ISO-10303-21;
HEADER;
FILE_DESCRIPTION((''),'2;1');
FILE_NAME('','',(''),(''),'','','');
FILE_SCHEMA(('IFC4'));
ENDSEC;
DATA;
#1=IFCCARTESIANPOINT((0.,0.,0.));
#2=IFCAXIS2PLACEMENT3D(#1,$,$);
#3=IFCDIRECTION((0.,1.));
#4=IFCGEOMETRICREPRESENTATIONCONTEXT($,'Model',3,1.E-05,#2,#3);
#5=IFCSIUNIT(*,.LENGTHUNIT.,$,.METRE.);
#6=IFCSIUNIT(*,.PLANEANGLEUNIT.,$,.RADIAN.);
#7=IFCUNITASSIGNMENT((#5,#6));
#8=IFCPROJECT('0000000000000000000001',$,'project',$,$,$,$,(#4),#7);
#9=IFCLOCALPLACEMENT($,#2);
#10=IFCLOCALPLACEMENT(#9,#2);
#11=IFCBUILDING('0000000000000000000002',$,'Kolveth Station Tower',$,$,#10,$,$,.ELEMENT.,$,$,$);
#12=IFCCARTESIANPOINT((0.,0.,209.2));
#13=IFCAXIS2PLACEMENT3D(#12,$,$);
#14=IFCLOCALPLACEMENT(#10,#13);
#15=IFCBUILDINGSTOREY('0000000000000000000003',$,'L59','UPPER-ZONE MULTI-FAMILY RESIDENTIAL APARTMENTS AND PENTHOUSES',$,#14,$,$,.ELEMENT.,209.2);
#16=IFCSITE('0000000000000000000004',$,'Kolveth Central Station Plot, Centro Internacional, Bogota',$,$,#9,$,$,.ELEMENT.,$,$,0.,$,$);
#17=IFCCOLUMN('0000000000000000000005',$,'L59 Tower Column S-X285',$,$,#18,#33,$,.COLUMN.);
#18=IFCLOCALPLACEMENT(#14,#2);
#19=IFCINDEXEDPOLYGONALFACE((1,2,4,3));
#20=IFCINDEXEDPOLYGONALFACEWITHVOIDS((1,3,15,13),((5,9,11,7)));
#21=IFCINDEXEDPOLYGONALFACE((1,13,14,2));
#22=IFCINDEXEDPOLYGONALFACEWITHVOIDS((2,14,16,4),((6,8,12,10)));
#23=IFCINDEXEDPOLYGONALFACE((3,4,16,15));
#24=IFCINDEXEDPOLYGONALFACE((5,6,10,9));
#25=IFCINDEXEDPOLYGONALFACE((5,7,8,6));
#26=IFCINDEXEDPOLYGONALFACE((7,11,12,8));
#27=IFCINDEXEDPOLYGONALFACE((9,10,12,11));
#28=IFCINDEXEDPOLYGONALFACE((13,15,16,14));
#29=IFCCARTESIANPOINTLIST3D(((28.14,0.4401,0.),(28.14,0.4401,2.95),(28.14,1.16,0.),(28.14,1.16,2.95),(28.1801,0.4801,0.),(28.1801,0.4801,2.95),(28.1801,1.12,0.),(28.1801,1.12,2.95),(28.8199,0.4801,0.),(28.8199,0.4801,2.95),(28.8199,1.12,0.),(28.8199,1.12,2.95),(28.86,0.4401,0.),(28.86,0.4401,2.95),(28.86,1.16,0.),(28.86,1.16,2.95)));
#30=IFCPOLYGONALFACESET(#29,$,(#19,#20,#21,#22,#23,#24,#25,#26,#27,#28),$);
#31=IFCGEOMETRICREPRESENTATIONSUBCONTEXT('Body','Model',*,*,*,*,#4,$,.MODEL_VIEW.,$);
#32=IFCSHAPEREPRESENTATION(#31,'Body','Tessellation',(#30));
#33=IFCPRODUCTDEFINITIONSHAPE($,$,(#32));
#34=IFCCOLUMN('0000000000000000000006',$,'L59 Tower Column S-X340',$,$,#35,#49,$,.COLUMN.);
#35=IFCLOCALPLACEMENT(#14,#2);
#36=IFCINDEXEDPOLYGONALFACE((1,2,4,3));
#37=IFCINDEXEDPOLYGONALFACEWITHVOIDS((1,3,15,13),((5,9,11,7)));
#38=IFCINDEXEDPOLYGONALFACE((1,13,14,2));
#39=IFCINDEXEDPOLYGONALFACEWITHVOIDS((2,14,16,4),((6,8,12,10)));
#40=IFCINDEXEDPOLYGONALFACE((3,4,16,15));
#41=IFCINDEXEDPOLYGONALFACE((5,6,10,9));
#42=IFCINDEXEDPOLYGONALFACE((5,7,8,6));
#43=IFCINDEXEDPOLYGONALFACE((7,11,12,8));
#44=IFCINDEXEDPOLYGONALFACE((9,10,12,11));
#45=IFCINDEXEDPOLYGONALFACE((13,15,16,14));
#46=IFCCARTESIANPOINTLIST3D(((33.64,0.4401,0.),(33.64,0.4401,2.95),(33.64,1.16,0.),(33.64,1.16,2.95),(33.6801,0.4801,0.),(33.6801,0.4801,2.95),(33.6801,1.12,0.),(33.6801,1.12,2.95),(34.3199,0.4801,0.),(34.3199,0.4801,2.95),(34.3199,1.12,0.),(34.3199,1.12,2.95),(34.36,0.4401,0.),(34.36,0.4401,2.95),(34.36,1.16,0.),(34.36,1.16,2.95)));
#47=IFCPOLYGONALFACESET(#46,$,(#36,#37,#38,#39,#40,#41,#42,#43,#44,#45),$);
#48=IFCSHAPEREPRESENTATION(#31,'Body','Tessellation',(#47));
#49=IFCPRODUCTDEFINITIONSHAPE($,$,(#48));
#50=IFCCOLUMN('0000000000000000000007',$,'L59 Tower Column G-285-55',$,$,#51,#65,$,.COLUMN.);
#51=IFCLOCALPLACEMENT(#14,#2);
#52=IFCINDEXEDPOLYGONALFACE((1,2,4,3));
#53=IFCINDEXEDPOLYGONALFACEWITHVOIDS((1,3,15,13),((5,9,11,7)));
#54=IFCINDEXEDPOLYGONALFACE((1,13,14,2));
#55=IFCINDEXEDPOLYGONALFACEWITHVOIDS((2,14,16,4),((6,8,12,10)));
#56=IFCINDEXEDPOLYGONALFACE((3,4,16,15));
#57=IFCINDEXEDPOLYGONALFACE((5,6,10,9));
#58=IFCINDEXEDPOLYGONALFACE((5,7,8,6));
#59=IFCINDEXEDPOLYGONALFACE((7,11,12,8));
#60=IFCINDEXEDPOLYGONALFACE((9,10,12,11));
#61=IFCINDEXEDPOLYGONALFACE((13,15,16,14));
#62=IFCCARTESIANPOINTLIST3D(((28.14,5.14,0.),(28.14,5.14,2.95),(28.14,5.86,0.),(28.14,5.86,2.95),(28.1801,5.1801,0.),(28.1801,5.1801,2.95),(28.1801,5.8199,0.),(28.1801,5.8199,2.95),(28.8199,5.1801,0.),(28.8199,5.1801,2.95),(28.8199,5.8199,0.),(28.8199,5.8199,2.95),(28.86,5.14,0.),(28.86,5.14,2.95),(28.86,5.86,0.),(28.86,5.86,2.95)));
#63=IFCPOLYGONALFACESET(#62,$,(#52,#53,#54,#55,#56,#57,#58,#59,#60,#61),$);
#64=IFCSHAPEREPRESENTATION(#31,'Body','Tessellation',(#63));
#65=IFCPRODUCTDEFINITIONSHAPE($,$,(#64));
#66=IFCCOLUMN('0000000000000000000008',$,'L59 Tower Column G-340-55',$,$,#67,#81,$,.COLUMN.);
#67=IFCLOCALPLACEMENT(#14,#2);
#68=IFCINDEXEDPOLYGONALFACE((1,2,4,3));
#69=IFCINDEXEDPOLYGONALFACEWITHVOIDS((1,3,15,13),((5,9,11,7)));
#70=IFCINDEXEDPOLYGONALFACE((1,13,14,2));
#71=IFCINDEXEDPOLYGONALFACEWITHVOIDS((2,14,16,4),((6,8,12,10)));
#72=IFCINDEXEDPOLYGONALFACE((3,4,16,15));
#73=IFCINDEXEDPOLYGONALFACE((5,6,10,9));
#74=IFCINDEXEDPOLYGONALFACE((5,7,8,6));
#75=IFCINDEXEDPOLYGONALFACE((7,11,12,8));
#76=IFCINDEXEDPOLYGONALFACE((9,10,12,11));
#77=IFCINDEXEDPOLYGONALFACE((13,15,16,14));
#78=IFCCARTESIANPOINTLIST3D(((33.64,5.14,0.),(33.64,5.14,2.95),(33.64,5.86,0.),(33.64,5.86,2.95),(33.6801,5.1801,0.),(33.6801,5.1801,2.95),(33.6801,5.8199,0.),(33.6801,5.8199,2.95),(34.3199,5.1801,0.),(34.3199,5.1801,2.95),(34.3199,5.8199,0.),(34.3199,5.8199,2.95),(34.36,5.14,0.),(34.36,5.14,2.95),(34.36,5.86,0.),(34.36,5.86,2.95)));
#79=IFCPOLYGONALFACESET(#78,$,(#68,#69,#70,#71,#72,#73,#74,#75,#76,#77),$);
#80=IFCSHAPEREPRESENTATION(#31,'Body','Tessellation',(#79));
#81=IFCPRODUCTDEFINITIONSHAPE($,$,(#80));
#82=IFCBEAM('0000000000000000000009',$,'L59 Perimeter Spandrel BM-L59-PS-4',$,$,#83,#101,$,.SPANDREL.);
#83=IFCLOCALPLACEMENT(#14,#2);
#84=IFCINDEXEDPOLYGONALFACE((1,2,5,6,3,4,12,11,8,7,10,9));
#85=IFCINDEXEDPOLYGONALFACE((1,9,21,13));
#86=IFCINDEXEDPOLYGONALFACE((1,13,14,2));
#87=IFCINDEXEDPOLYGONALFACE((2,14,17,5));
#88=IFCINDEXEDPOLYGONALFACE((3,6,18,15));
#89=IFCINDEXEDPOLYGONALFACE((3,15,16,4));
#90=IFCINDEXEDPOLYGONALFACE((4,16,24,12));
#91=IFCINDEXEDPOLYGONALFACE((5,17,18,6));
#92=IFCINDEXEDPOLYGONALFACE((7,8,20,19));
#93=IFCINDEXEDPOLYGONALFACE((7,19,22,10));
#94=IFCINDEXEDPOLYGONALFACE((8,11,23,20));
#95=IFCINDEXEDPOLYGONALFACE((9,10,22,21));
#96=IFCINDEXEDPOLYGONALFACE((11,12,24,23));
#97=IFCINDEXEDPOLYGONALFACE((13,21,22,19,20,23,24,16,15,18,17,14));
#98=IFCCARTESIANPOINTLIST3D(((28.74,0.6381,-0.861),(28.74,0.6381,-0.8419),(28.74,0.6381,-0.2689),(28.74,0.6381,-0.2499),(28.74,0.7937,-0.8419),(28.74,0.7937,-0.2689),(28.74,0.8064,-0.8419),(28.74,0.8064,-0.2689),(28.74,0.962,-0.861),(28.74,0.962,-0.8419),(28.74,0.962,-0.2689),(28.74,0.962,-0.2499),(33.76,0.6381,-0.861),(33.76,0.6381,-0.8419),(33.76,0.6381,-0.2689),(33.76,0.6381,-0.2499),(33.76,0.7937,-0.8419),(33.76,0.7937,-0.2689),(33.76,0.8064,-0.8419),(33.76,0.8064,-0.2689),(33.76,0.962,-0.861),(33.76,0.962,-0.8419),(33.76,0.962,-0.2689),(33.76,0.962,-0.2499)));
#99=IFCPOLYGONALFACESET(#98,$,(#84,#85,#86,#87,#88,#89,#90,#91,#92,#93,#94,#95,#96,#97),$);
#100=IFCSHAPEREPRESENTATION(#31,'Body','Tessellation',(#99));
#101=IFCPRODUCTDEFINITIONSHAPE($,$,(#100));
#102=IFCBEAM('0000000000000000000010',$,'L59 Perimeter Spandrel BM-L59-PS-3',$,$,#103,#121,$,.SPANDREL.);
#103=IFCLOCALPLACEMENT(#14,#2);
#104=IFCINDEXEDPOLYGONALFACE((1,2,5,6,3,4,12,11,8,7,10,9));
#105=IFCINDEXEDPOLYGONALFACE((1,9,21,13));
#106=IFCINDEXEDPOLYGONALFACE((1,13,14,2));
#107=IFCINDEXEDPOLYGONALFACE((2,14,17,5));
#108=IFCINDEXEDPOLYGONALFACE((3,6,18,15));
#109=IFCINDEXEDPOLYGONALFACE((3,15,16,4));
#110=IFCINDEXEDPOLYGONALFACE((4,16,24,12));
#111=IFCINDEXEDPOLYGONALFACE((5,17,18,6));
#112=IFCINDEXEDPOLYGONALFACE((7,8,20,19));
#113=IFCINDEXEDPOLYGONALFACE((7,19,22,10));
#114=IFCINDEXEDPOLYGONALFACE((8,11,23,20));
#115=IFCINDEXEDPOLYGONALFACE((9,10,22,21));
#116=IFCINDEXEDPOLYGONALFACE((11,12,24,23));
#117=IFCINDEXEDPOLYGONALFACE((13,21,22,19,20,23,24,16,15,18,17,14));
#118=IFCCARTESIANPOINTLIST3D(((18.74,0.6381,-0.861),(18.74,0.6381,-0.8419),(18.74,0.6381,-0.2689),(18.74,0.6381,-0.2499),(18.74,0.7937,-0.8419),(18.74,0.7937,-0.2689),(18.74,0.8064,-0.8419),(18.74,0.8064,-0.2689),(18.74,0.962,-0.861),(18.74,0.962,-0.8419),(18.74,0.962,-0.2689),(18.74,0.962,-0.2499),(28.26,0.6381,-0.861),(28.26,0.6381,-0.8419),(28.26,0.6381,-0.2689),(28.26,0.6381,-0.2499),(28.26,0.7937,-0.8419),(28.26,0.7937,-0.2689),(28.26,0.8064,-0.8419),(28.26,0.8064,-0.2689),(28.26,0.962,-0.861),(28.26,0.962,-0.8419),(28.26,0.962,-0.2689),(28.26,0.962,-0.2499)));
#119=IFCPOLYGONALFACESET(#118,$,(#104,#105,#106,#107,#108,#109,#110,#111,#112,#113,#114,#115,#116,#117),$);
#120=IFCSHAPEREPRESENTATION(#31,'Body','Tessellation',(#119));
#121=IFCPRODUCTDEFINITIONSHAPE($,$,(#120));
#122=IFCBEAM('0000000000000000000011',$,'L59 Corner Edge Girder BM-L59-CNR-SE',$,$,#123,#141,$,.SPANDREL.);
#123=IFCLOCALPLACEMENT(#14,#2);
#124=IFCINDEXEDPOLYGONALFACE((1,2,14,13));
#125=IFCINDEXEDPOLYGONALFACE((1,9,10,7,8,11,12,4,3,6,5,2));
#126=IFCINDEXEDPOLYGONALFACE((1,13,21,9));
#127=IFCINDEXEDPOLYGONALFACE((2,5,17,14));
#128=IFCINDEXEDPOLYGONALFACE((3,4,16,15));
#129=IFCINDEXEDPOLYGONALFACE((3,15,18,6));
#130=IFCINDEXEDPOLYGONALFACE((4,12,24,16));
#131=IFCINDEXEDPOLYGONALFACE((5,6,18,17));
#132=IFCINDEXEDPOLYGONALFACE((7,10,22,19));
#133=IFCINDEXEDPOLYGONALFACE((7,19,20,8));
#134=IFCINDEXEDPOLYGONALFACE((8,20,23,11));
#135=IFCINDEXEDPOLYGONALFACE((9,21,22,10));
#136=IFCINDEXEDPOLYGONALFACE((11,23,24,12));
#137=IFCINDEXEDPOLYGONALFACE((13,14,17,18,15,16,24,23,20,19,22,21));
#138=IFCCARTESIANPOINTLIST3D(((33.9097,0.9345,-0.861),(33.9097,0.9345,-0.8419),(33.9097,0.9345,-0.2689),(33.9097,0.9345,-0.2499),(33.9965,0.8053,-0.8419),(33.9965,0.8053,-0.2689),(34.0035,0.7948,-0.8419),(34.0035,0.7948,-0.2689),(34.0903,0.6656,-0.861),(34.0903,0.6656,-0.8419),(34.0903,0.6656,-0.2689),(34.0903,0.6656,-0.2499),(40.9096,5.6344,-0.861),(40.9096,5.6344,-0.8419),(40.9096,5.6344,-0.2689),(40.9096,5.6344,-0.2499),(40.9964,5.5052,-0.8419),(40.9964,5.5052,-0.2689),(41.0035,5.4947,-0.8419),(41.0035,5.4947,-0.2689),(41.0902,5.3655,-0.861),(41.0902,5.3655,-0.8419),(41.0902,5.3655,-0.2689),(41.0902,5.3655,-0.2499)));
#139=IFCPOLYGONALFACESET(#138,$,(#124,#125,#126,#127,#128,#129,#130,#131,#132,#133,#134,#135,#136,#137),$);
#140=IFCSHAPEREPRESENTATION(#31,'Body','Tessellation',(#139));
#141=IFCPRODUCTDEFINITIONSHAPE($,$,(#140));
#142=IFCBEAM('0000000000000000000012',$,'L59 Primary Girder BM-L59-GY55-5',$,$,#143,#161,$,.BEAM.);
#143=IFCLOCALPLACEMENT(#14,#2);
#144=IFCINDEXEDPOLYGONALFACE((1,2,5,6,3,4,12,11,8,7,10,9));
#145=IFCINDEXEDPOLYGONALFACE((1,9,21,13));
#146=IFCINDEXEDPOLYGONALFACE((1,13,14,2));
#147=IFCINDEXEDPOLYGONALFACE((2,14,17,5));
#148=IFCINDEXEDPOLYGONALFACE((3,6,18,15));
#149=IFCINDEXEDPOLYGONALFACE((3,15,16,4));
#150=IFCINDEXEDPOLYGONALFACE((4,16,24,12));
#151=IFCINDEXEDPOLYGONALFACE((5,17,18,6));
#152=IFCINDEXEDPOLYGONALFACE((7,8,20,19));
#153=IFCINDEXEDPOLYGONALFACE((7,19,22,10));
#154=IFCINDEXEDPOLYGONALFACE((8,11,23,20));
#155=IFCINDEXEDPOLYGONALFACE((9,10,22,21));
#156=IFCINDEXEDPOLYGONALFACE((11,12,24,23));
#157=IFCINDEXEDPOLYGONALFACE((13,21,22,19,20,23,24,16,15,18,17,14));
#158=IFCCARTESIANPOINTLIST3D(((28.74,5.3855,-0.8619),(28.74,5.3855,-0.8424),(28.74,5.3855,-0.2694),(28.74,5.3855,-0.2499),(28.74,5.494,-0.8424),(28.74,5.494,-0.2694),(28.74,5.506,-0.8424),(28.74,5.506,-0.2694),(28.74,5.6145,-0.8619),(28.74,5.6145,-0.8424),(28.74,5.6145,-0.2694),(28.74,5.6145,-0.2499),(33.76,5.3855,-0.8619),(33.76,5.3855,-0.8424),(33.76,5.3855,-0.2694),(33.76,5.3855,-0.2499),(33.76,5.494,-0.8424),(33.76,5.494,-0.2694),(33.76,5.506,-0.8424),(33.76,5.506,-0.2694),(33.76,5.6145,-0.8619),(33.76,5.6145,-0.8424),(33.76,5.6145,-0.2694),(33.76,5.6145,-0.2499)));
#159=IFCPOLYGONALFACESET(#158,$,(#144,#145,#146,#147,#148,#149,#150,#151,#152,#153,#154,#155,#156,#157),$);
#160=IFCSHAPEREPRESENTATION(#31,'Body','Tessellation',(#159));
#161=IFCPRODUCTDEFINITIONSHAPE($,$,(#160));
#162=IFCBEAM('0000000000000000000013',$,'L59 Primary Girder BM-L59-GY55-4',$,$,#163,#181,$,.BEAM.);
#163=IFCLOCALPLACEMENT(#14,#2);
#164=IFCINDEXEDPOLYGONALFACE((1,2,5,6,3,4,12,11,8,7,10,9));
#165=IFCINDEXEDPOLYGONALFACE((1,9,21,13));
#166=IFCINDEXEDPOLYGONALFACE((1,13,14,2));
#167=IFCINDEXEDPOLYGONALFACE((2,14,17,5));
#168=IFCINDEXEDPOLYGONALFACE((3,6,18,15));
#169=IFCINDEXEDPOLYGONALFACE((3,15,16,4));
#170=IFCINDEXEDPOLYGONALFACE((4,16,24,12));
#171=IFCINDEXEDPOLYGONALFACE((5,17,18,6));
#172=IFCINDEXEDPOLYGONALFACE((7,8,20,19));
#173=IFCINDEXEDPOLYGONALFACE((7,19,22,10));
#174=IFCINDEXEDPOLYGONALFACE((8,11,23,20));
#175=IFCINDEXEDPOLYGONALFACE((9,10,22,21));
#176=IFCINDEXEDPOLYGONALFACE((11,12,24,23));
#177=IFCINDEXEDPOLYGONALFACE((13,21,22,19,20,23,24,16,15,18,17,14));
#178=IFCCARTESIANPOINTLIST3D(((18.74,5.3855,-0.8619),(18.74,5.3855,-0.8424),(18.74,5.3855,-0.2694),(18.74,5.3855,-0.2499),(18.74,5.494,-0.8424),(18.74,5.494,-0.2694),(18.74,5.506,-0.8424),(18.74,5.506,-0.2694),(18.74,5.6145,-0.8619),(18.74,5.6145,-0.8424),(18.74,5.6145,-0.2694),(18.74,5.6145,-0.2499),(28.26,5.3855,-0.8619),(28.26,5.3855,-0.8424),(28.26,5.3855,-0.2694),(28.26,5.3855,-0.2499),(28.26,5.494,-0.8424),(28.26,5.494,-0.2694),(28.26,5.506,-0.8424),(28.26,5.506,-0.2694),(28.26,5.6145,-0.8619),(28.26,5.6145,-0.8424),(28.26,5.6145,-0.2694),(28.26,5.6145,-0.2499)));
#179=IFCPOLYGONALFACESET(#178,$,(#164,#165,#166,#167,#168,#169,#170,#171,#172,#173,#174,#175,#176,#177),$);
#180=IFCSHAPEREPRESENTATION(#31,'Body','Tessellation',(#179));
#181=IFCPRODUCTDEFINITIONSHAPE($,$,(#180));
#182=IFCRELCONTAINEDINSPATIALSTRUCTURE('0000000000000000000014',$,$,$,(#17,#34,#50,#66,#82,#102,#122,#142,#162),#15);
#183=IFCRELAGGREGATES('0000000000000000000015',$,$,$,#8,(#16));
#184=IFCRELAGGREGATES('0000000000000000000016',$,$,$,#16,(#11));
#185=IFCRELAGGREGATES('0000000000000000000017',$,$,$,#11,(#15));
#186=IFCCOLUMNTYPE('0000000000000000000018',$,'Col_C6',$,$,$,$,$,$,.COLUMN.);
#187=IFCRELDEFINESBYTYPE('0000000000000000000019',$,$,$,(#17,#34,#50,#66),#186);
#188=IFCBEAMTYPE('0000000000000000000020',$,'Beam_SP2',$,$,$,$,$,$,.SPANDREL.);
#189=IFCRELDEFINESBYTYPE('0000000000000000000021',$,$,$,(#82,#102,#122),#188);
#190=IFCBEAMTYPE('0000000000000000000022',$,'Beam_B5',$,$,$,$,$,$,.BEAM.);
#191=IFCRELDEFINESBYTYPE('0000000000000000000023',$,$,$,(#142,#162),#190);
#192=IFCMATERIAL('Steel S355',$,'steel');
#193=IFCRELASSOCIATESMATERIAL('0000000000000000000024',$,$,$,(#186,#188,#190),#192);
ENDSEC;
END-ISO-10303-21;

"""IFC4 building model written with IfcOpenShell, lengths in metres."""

from ifc_helpers import new_model, si_unit, direction, frame, origin, origin_2d, place, context, subcontext, project, spatial, hollow_rectangle, i_section, extrude, source, transform, mapped, material, material_profile, profile_set, type_object, element, save


model = new_model("IFC4")

# Units and contexts
model_context = context("Model", 3, precision=1e-05, world=origin(), true_north=direction((0.0, 1.0)))
body_context = subcontext(model_context, "Body", "Model", "MODEL_VIEW")
ifc_project = project(units=[si_unit("LENGTHUNIT", "METRE"), si_unit("PLANEANGLEUNIT", "RADIAN")], contexts=[model_context])

# Site, building, storey
site_placement = place(None, origin())
site = spatial("IfcSite", under=ifc_project, at=site_placement, Name="Kolveth Central Station Plot, Centro Internacional, Bogota", CompositionType="ELEMENT", RefElevation=0.0)
building_placement = place(site_placement, origin())
building = spatial("IfcBuilding", under=site, at=building_placement, Name="Kolveth Station Tower", CompositionType="ELEMENT")
storey_placement = place(building_placement, frame((0.0, 0.0, 209.2)))
storey = spatial("IfcBuildingStorey", under=building, at=storey_placement, Name="L59", Description="UPPER-ZONE MULTI-FAMILY RESIDENTIAL APARTMENTS AND PENTHOUSES", CompositionType="ELEMENT", Elevation=209.2)

# Columns
ifc_material_1 = material(Name="Steel S355", Category="steel")
ifc_material_profile_1 = material_profile(ifc_material_1, hollow_rectangle(XDim=0.72, YDim=0.72, WallThickness=0.04, at=origin_2d()), Name="BOX720x720x40")
ifc_profile_set_1 = profile_set([ifc_material_profile_1], Name="Steel S355")
column_type = type_object("IfcColumnType", Name="Col_C6", PredefinedType="COLUMN", material=ifc_profile_set_1)
shared_shape_1 = source(origin(), body_context, "Body", "SweptSolid", [
    extrude(hollow_rectangle(XDim=0.72, YDim=0.72, WallThickness=0.04, at=origin_2d()), origin(), (0.0, 0.0, 1.0), 2.95),
])
for number, where, z_axis, x_axis, name in (
    (1, (28.5, 0.8, 0.0), (0.0, 0.0, 1.0), (1.0, 0.0, 0.0), "L59 Tower Column S-X285"),
    (2, (34.0, 0.8, 0.0), (0.0, 0.0, 1.0), (1.0, 0.0, 0.0), "L59 Tower Column S-X340"),
    (3, (28.5, 5.5, 0.0), (0.0, 0.0, 1.0), (1.0, 0.0, 0.0), "L59 Tower Column G-285-55"),
    (4, (34.0, 5.5, 0.0), (0.0, 0.0, 1.0), (1.0, 0.0, 0.0), "L59 Tower Column G-340-55"),
):
    element("IfcColumn", number, at=place(storey_placement, frame(where, z_axis=z_axis, x_axis=x_axis)), inside=storey, type_object=column_type, Name=name, PredefinedType="COLUMN", context=body_context, shape_type="MappedRepresentation", body=[
        mapped(shared_shape_1, transform((0.0, 0.0, 0.0), x_axis=(1.0, 0.0, 0.0), y_axis=(0.0, 1.0, 0.0), z_axis=(0.0, 0.0, 1.0), scale=1.0)),
    ])

# Beams
ifc_material_profile_2 = material_profile(ifc_material_1, i_section(OverallWidth=0.324, OverallDepth=0.6111, WebThickness=0.0127, FlangeThickness=0.019, at=origin_2d()), Name="W610x155")
ifc_profile_set_2 = profile_set([ifc_material_profile_2], Name="Steel S355")
beam_type_1 = type_object("IfcBeamType", Name="Beam_SP2", PredefinedType="SPANDREL", material=ifc_profile_set_2)
shared_shape_2 = source(origin(), body_context, "Body", "SweptSolid", [
    extrude(i_section(OverallWidth=0.324, OverallDepth=0.6111, WebThickness=0.0127, FlangeThickness=0.019, at=origin_2d()), origin(), (0.0, 0.0, 1.0), 5.02),
])
beam_1_placement = place(storey_placement, frame((28.74, 0.8, -0.5554), z_axis=(1.0, 0.0, 0.0), x_axis=(0.0, 1.0, 0.0)))
element("IfcBeam", 5, at=beam_1_placement, inside=storey, type_object=beam_type_1, Name="L59 Perimeter Spandrel BM-L59-PS-4", PredefinedType="SPANDREL", context=body_context, shape_type="MappedRepresentation", body=[
    mapped(shared_shape_2, transform((0.0, 0.0, 0.0), x_axis=(1.0, 0.0, 0.0), y_axis=(0.0, 1.0, 0.0), z_axis=(0.0, 0.0, 1.0), scale=1.0)),
])
shared_shape_3 = source(origin(), body_context, "Body", "SweptSolid", [
    extrude(i_section(OverallWidth=0.324, OverallDepth=0.6111, WebThickness=0.0127, FlangeThickness=0.019, at=origin_2d()), origin(), (0.0, 0.0, 1.0), 9.52),
])
beam_2_placement = place(storey_placement, frame((18.74, 0.8, -0.5554), z_axis=(1.0, 0.0, 0.0), x_axis=(0.0, 1.0, 0.0)))
element("IfcBeam", 6, at=beam_2_placement, inside=storey, type_object=beam_type_1, Name="L59 Perimeter Spandrel BM-L59-PS-3", PredefinedType="SPANDREL", context=body_context, shape_type="MappedRepresentation", body=[
    mapped(shared_shape_3, transform((0.0, 0.0, 0.0), x_axis=(1.0, 0.0, 0.0), y_axis=(0.0, 1.0, 0.0), z_axis=(0.0, 0.0, 1.0), scale=1.0)),
])
shared_shape_4 = source(origin(), body_context, "Body", "SweptSolid", [
    extrude(i_section(OverallWidth=0.324, OverallDepth=0.6111, WebThickness=0.0127, FlangeThickness=0.019, at=origin_2d()), origin(), (0.0, 0.0, 1.0), 8.4314),
])
beam_3_placement = place(storey_placement, frame((34.0, 0.8, -0.5554), z_axis=(0.830224, 0.55743, 0.0), x_axis=(-0.55743, 0.830224, 0.0)))
element("IfcBeam", 7, at=beam_3_placement, inside=storey, type_object=beam_type_1, Name="L59 Corner Edge Girder BM-L59-CNR-SE", PredefinedType="SPANDREL", context=body_context, shape_type="MappedRepresentation", body=[
    mapped(shared_shape_4, transform((0.0, 0.0, 0.0), x_axis=(1.0, 0.0, 0.0), y_axis=(0.0, 1.0, 0.0), z_axis=(0.0, 0.0, 1.0), scale=1.0)),
])
ifc_material_profile_3 = material_profile(ifc_material_1, i_section(OverallWidth=0.229, OverallDepth=0.6121, WebThickness=0.012, FlangeThickness=0.0195, at=origin_2d()), Name="W610x125")
ifc_profile_set_3 = profile_set([ifc_material_profile_3], Name="Steel S355")
beam_type_2 = type_object("IfcBeamType", Name="Beam_B5", PredefinedType="BEAM", material=ifc_profile_set_3)
shared_shape_5 = source(origin(), body_context, "Body", "SweptSolid", [
    extrude(i_section(OverallWidth=0.229, OverallDepth=0.6121, WebThickness=0.012, FlangeThickness=0.0195, at=origin_2d()), origin(), (0.0, 0.0, 1.0), 5.02),
])
beam_4_placement = place(storey_placement, frame((28.74, 5.5, -0.5559), z_axis=(1.0, 0.0, 0.0), x_axis=(0.0, 1.0, 0.0)))
element("IfcBeam", 8, at=beam_4_placement, inside=storey, type_object=beam_type_2, Name="L59 Primary Girder BM-L59-GY55-5", PredefinedType="BEAM", context=body_context, shape_type="MappedRepresentation", body=[
    mapped(shared_shape_5, transform((0.0, 0.0, 0.0), x_axis=(1.0, 0.0, 0.0), y_axis=(0.0, 1.0, 0.0), z_axis=(0.0, 0.0, 1.0), scale=1.0)),
])
shared_shape_6 = source(origin(), body_context, "Body", "SweptSolid", [
    extrude(i_section(OverallWidth=0.229, OverallDepth=0.6121, WebThickness=0.012, FlangeThickness=0.0195, at=origin_2d()), origin(), (0.0, 0.0, 1.0), 9.52),
])
beam_5_placement = place(storey_placement, frame((18.74, 5.5, -0.5559), z_axis=(1.0, 0.0, 0.0), x_axis=(0.0, 1.0, 0.0)))
element("IfcBeam", 9, at=beam_5_placement, inside=storey, type_object=beam_type_2, Name="L59 Primary Girder BM-L59-GY55-4", PredefinedType="BEAM", context=body_context, shape_type="MappedRepresentation", body=[
    mapped(shared_shape_6, transform((0.0, 0.0, 0.0), x_axis=(1.0, 0.0, 0.0), y_axis=(0.0, 1.0, 0.0), z_axis=(0.0, 0.0, 1.0), scale=1.0)),
])

save(model, "model.ifc")
